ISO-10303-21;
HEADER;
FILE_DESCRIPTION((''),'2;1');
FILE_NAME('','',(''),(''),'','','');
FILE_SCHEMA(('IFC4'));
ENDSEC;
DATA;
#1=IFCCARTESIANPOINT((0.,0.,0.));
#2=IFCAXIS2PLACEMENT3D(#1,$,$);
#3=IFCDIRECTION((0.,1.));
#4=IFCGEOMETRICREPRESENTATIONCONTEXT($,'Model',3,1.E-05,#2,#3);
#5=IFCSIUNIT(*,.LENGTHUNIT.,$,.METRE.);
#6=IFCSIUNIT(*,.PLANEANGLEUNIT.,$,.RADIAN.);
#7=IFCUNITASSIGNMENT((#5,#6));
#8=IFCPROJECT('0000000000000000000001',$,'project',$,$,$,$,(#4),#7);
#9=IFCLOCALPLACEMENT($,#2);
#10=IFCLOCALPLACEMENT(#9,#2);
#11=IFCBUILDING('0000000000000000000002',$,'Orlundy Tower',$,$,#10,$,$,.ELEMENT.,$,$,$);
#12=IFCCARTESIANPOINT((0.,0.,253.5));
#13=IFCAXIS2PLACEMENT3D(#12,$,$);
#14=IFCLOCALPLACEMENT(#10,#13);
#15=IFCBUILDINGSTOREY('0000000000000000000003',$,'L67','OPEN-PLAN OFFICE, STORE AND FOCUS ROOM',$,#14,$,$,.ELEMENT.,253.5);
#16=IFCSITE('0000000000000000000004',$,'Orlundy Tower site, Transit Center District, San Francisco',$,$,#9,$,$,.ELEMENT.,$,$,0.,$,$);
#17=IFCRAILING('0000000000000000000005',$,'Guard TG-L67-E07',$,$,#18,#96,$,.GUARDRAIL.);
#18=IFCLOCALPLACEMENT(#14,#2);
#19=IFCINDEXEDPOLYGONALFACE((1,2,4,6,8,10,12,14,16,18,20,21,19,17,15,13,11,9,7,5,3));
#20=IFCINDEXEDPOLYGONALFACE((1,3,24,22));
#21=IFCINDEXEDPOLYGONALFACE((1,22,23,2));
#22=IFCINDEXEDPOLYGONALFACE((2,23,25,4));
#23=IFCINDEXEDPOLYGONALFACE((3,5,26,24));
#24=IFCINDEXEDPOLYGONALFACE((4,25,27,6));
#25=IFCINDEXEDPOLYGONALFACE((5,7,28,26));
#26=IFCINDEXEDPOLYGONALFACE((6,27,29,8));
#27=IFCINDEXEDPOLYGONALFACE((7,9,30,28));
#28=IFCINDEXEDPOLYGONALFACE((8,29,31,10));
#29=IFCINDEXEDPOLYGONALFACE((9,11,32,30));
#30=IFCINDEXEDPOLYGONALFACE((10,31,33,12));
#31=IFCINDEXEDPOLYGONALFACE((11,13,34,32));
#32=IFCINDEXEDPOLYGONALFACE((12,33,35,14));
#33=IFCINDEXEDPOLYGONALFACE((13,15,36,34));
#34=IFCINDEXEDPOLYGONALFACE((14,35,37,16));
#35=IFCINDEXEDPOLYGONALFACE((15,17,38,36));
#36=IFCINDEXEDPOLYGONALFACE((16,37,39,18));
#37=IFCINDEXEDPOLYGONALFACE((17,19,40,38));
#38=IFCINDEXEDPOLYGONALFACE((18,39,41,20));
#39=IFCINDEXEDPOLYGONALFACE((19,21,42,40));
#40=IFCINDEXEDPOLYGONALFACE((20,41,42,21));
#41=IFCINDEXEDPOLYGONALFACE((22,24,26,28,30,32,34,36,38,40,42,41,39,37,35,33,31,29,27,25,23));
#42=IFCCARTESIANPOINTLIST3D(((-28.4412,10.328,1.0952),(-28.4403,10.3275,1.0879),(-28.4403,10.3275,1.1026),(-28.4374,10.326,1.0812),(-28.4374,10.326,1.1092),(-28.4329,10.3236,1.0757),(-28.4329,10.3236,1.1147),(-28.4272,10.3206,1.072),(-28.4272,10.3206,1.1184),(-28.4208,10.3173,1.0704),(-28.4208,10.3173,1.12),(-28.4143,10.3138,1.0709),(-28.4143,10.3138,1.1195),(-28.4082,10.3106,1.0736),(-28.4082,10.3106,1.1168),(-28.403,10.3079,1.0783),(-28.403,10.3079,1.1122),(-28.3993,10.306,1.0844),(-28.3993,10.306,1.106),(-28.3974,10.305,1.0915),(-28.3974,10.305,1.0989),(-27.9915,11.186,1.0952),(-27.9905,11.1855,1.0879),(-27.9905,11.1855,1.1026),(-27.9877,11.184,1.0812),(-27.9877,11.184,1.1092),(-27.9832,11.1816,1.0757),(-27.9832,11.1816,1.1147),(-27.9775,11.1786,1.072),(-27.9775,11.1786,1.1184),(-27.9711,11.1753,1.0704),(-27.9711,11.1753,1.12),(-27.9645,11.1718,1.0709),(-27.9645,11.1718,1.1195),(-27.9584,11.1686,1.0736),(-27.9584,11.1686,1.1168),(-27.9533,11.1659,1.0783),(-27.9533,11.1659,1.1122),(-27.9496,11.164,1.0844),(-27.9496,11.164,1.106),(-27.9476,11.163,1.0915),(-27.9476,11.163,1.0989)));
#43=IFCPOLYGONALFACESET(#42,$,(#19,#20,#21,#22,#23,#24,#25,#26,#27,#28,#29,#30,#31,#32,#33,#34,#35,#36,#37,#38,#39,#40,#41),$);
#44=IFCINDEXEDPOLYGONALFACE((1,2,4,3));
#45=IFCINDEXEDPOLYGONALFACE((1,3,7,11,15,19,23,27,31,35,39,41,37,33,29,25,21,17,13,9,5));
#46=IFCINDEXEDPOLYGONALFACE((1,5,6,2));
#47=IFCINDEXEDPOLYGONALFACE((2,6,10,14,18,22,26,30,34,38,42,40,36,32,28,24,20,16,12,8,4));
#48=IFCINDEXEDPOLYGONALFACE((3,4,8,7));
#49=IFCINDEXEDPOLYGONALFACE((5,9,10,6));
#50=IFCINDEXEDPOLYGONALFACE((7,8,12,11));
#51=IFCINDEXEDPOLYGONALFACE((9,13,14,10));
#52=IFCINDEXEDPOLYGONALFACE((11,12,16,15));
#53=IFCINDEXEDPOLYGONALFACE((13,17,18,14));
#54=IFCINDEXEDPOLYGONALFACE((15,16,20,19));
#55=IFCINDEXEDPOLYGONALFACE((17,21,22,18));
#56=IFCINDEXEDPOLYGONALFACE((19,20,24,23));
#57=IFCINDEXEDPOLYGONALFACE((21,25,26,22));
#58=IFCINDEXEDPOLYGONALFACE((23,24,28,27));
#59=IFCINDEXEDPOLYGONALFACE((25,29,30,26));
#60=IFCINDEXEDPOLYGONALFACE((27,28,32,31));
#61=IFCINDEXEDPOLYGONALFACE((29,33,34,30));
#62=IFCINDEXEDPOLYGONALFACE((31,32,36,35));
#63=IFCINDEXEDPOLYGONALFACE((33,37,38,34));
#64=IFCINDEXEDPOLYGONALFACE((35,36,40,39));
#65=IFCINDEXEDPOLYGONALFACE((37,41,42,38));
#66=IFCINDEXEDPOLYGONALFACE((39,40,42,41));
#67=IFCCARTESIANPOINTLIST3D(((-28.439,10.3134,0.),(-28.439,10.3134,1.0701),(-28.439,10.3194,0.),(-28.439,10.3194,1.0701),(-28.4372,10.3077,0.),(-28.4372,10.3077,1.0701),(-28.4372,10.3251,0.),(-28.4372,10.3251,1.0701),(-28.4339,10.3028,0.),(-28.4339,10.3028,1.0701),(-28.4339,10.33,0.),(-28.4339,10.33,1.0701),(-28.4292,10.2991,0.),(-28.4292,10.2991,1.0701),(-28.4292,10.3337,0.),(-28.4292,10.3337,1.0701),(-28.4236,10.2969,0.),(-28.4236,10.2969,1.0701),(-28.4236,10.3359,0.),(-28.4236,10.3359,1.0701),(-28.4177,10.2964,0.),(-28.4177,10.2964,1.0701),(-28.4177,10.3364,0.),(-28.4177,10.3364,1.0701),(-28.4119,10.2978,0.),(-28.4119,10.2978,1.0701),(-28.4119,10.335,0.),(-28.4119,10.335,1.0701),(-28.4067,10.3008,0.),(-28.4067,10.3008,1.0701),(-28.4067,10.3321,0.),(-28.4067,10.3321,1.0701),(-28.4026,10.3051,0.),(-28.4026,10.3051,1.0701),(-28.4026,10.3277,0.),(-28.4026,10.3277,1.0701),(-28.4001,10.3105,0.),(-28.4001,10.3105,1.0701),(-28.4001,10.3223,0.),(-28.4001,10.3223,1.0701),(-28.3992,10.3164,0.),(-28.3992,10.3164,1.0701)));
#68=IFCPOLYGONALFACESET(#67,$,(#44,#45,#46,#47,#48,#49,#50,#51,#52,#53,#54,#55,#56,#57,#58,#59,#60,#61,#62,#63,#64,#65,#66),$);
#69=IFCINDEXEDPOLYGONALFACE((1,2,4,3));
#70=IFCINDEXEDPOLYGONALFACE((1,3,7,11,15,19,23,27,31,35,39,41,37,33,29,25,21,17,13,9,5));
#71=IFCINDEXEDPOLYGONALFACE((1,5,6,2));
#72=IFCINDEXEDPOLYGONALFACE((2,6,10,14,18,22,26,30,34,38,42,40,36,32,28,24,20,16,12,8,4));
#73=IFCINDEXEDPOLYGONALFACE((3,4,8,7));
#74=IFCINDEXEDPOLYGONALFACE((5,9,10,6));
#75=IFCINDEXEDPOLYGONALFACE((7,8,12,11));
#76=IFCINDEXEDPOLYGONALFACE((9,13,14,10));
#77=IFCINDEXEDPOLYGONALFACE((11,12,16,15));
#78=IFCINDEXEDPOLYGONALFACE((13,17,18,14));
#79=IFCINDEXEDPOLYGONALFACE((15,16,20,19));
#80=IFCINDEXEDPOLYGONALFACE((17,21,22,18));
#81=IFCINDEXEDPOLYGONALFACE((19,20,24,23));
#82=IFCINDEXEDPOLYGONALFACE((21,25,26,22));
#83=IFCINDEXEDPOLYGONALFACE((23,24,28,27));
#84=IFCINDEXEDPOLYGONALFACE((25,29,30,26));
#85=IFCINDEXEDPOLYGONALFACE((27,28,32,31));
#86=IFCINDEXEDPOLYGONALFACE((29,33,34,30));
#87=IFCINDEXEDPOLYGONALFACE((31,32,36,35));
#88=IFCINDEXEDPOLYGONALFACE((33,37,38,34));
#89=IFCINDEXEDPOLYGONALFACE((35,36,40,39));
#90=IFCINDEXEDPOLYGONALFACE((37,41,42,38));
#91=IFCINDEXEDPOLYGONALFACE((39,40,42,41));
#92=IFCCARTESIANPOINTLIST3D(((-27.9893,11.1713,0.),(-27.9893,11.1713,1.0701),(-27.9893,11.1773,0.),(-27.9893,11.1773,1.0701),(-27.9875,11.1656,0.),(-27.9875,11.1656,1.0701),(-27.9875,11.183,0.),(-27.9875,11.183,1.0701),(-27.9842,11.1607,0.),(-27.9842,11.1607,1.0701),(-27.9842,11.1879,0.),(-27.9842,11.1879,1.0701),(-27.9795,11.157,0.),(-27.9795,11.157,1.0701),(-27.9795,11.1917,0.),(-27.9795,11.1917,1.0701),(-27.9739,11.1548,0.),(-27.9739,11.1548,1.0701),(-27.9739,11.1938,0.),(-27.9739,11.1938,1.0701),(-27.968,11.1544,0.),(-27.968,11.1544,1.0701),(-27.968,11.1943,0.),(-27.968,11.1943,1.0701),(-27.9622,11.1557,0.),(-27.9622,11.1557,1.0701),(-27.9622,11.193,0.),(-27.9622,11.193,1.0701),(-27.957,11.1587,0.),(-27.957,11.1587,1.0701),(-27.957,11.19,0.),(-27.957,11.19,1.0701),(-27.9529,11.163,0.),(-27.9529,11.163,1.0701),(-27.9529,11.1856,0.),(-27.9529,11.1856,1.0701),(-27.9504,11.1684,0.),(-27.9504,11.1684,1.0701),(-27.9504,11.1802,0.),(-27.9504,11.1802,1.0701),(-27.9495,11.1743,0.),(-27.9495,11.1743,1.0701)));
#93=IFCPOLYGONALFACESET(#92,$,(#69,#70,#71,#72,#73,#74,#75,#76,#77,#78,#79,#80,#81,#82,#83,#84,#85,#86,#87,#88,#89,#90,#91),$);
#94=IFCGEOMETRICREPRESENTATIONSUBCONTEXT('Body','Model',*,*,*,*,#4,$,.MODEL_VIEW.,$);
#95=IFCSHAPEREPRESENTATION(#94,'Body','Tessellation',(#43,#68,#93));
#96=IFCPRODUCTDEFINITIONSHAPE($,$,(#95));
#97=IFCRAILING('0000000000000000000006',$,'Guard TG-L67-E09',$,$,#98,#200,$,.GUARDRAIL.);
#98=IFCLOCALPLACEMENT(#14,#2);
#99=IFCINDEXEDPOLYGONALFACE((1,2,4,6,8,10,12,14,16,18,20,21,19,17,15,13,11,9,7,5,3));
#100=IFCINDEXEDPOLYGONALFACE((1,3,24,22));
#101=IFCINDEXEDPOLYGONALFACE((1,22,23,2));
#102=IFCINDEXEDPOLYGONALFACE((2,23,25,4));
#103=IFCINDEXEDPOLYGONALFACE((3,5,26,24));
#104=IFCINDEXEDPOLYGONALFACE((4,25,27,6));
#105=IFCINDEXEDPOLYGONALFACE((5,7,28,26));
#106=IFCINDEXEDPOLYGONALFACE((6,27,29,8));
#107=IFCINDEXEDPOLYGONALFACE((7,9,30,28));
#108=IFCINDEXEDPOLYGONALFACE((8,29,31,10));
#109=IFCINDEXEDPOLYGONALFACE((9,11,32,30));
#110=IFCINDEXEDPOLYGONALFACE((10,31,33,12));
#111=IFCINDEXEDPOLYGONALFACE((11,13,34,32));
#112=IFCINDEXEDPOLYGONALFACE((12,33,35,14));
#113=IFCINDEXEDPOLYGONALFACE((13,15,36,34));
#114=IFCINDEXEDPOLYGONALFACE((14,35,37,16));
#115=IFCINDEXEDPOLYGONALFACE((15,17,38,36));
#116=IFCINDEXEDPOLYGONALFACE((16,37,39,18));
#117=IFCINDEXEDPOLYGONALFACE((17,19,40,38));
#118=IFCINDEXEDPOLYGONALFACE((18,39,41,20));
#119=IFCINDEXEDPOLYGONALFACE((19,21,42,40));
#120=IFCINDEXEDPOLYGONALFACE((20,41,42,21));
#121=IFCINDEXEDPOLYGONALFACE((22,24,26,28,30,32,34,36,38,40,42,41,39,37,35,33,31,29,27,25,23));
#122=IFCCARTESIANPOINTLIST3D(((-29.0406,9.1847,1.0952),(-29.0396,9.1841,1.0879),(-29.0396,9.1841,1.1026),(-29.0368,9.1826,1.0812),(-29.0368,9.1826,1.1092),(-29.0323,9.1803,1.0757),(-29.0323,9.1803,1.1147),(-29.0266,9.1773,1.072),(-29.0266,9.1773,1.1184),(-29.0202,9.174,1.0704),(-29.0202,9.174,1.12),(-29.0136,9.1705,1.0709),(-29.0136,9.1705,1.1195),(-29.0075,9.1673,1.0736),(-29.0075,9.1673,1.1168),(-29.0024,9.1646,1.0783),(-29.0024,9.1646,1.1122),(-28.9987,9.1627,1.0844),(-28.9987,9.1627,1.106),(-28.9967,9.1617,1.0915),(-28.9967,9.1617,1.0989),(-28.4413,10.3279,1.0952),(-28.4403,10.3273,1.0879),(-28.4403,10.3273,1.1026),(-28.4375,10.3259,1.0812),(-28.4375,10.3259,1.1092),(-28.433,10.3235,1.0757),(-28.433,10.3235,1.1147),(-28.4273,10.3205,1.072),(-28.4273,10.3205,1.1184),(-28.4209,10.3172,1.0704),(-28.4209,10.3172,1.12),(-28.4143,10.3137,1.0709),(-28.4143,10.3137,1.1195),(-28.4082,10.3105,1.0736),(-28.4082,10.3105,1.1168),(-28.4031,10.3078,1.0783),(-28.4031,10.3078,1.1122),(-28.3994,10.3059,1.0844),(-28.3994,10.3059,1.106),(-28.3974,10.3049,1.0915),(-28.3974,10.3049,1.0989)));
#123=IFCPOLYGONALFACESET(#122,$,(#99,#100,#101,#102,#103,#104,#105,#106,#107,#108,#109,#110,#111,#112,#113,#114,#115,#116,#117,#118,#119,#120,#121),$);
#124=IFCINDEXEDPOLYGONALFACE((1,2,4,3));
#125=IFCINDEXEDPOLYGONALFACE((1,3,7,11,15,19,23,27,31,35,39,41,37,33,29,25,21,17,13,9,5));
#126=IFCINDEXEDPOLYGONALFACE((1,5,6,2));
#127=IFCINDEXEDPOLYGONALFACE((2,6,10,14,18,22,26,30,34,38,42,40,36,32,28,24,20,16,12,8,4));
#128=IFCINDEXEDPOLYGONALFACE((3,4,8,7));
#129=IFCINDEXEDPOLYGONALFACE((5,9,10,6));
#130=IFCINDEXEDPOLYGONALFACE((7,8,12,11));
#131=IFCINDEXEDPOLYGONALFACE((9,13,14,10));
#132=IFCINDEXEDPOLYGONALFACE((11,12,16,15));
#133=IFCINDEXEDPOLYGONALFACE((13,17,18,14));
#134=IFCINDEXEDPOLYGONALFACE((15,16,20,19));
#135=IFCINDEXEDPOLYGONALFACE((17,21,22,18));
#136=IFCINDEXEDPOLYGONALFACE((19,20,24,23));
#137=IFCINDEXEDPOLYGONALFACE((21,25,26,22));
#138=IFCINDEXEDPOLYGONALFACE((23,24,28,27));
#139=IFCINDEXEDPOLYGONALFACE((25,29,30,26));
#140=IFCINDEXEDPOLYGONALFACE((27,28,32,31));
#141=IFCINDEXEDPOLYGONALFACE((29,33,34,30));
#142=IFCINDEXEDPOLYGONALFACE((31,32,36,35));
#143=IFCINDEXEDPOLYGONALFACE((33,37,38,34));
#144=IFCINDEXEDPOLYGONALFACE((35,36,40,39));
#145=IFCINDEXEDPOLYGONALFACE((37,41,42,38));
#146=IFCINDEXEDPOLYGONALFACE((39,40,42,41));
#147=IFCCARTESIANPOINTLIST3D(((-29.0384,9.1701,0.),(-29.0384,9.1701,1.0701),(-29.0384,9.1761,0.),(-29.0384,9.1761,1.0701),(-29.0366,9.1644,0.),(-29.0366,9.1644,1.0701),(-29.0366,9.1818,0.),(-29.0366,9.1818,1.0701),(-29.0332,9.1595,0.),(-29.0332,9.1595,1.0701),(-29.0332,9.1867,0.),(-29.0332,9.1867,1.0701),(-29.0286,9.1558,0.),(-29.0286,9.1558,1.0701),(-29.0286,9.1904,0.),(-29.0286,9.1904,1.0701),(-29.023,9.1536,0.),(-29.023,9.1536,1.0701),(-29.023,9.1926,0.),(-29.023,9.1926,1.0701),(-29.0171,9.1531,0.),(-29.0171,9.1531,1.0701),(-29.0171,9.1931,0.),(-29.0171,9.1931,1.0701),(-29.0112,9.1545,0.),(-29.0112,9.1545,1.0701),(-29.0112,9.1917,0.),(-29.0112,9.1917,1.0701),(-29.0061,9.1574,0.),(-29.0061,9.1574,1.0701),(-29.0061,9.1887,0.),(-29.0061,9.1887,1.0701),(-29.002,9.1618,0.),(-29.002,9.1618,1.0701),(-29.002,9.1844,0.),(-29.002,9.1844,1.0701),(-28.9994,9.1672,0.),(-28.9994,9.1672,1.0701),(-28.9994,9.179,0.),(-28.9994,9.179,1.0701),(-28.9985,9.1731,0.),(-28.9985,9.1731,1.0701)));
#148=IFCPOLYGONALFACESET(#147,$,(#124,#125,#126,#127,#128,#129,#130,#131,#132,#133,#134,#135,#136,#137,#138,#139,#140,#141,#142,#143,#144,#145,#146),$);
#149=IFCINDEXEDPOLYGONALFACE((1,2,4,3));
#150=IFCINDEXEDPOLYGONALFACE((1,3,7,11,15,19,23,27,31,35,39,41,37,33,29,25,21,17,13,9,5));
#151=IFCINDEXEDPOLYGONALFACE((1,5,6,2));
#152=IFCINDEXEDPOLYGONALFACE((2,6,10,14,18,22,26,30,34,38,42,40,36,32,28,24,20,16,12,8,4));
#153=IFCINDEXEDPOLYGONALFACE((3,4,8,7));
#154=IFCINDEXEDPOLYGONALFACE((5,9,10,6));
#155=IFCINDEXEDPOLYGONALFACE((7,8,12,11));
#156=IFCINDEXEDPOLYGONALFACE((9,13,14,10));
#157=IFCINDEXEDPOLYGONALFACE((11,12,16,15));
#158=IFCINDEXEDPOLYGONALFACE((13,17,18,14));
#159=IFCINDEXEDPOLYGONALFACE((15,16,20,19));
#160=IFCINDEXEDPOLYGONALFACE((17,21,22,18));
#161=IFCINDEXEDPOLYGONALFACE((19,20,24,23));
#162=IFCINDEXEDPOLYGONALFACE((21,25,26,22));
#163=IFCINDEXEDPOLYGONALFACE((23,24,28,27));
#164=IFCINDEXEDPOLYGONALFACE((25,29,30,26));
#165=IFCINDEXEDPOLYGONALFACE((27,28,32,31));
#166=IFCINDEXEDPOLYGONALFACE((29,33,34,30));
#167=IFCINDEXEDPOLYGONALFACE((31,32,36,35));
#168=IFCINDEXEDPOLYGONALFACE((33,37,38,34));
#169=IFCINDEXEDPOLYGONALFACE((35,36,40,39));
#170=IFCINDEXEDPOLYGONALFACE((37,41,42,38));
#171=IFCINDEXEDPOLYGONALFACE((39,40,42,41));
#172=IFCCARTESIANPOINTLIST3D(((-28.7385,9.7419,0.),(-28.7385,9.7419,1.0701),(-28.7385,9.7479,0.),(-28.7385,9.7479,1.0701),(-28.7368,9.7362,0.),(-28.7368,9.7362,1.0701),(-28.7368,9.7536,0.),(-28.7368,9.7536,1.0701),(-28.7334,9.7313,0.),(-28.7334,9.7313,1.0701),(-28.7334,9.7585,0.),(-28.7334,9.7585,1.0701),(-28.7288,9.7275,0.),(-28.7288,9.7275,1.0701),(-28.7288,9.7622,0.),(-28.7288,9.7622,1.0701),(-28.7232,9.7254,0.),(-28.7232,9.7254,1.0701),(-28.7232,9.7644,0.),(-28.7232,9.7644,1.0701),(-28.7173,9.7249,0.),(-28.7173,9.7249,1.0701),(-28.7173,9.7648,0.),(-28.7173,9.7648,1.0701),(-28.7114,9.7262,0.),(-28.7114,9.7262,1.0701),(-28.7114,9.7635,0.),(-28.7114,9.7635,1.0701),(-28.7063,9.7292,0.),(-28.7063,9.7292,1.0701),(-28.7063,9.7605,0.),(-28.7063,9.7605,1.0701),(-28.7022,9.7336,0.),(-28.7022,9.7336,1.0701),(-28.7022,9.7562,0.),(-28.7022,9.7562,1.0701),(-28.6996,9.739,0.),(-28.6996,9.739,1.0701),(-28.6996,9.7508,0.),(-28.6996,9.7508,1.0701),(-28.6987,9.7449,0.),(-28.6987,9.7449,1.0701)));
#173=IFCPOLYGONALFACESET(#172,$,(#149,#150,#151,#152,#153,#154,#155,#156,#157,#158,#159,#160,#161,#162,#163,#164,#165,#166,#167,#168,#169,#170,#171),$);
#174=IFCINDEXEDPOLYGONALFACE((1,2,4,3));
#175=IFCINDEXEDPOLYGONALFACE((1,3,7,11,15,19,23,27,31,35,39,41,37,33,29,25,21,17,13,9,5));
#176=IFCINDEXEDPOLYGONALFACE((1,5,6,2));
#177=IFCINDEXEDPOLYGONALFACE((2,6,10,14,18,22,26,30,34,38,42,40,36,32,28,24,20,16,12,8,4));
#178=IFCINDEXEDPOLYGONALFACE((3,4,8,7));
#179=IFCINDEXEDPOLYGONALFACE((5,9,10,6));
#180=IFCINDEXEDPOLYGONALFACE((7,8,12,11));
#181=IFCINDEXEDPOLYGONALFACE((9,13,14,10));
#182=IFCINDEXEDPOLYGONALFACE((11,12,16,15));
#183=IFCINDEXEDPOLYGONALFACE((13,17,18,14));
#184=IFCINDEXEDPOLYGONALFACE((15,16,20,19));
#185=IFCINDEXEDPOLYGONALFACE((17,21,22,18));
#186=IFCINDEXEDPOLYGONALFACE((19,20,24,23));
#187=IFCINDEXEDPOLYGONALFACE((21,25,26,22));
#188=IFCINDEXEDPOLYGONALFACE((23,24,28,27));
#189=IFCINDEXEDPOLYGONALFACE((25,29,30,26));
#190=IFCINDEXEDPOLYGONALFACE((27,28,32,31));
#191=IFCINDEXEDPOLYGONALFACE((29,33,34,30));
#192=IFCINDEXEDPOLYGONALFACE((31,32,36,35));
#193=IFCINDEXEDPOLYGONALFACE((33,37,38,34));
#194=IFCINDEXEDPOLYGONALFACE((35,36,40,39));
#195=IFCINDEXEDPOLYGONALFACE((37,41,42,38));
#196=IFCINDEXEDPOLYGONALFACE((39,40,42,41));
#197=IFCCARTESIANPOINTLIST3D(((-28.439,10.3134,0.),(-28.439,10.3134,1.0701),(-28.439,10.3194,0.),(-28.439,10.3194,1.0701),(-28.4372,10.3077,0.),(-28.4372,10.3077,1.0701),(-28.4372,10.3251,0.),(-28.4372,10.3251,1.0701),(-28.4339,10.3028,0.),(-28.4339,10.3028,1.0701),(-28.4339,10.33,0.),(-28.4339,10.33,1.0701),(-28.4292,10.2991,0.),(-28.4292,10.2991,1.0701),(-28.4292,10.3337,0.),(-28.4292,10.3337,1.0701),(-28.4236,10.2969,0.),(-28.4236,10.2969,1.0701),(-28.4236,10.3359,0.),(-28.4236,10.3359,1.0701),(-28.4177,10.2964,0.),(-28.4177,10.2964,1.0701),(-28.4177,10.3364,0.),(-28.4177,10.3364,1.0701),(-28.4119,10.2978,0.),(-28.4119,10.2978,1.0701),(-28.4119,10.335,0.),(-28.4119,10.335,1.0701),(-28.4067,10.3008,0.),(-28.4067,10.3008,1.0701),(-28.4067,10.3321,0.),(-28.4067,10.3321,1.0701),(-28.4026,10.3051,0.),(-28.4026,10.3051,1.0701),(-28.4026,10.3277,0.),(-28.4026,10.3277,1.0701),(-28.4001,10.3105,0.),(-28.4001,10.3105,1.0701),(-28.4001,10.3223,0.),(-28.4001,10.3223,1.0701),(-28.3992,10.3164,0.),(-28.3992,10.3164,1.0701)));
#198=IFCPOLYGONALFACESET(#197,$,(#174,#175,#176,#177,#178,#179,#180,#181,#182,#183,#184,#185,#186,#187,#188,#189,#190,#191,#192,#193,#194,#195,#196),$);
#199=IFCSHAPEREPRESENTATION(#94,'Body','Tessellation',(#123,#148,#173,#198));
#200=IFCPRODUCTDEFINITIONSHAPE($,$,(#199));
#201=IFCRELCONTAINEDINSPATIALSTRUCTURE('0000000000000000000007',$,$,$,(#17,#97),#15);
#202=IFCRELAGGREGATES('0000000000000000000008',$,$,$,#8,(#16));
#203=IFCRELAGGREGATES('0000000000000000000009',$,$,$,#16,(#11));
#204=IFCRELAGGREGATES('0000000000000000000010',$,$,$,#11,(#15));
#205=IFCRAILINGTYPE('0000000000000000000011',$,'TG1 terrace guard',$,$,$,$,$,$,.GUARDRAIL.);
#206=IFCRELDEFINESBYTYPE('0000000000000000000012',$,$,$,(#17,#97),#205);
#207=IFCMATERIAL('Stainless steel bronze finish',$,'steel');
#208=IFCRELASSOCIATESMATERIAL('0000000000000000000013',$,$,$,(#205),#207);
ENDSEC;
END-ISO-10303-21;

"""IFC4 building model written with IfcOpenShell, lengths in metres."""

from ifc_helpers import new_model, si_unit, direction, frame, origin, origin_2d, place, context, subcontext, project, spatial, circle, extrude, material, type_object, element, save


model = new_model("IFC4")

# Units and contexts
model_context = context("Model", 3, precision=1e-05, world=origin(), true_north=direction((0.0, 1.0)))
body_context = subcontext(model_context, "Body", "Model", "MODEL_VIEW")
ifc_project = project(units=[si_unit("LENGTHUNIT", "METRE"), si_unit("PLANEANGLEUNIT", "RADIAN")], contexts=[model_context])

# Site, building, storey
site_placement = place(None, origin())
site = spatial("IfcSite", under=ifc_project, at=site_placement, Name="Orlundy Tower site, Transit Center District, San Francisco", CompositionType="ELEMENT", RefElevation=0.0)
building_placement = place(site_placement, origin())
building = spatial("IfcBuilding", under=site, at=building_placement, Name="Orlundy Tower", CompositionType="ELEMENT")
storey_placement = place(building_placement, frame((0.0, 0.0, 253.5)))
storey = spatial("IfcBuildingStorey", under=building, at=storey_placement, Name="L67", Description="OPEN-PLAN OFFICE, STORE AND FOCUS ROOM", CompositionType="ELEMENT", Elevation=253.5)

# Railings
ifc_material_1 = material(Name="Stainless steel bronze finish", Category="steel")
railing_type_1 = type_object("IfcRailingType", Name="TG1 terrace guard", PredefinedType="GUARDRAIL", material=ifc_material_1)
railing_1_placement = place(storey_placement, frame((-28.4192, 10.3164, 0.0)))
element("IfcRailing", 1, at=railing_1_placement, inside=storey, type_object=railing_type_1, Name="Guard TG-L67-E07", PredefinedType="GUARDRAIL", context=body_context, shape_type="SweptSolid", body=[
    extrude(circle(Radius=0.0249, at=origin_2d()), frame((0.0, 0.0, 1.0952), z_axis=(0.464271, 0.885693, 0.0), x_axis=(-0.885693, 0.464271, 0.0)), (0.0, 0.0, 1.0), 0.9688),
    extrude(circle(Radius=0.02, at=origin_2d()), origin(), (0.0, 0.0, 1.0), 1.0701),
    extrude(circle(Radius=0.02, at=origin_2d()), frame((0.4497, 0.8579, 0.0)), (0.0, 0.0, 1.0), 1.0701),
])
railing_2_placement = place(storey_placement, frame((-29.0186, 9.1731, 0.0)))
element("IfcRailing", 2, at=railing_2_placement, inside=storey, type_object=railing_type_1, Name="Guard TG-L67-E09", PredefinedType="GUARDRAIL", context=body_context, shape_type="SweptSolid", body=[
    extrude(circle(Radius=0.0249, at=origin_2d()), frame((0.0, 0.0, 1.0952), z_axis=(0.464304, 0.885676, 0.0), x_axis=(-0.885676, 0.464304, 0.0)), (0.0, 0.0, 1.0), 1.2908),
    extrude(circle(Radius=0.02, at=origin_2d()), origin(), (0.0, 0.0, 1.0), 1.0701),
    extrude(circle(Radius=0.02, at=origin_2d()), frame((0.2998, 0.5718, 0.0)), (0.0, 0.0, 1.0), 1.0701),
    extrude(circle(Radius=0.02, at=origin_2d()), frame((0.5994, 1.1433, 0.0)), (0.0, 0.0, 1.0), 1.0701),
])

save(model, "model.ifc")
